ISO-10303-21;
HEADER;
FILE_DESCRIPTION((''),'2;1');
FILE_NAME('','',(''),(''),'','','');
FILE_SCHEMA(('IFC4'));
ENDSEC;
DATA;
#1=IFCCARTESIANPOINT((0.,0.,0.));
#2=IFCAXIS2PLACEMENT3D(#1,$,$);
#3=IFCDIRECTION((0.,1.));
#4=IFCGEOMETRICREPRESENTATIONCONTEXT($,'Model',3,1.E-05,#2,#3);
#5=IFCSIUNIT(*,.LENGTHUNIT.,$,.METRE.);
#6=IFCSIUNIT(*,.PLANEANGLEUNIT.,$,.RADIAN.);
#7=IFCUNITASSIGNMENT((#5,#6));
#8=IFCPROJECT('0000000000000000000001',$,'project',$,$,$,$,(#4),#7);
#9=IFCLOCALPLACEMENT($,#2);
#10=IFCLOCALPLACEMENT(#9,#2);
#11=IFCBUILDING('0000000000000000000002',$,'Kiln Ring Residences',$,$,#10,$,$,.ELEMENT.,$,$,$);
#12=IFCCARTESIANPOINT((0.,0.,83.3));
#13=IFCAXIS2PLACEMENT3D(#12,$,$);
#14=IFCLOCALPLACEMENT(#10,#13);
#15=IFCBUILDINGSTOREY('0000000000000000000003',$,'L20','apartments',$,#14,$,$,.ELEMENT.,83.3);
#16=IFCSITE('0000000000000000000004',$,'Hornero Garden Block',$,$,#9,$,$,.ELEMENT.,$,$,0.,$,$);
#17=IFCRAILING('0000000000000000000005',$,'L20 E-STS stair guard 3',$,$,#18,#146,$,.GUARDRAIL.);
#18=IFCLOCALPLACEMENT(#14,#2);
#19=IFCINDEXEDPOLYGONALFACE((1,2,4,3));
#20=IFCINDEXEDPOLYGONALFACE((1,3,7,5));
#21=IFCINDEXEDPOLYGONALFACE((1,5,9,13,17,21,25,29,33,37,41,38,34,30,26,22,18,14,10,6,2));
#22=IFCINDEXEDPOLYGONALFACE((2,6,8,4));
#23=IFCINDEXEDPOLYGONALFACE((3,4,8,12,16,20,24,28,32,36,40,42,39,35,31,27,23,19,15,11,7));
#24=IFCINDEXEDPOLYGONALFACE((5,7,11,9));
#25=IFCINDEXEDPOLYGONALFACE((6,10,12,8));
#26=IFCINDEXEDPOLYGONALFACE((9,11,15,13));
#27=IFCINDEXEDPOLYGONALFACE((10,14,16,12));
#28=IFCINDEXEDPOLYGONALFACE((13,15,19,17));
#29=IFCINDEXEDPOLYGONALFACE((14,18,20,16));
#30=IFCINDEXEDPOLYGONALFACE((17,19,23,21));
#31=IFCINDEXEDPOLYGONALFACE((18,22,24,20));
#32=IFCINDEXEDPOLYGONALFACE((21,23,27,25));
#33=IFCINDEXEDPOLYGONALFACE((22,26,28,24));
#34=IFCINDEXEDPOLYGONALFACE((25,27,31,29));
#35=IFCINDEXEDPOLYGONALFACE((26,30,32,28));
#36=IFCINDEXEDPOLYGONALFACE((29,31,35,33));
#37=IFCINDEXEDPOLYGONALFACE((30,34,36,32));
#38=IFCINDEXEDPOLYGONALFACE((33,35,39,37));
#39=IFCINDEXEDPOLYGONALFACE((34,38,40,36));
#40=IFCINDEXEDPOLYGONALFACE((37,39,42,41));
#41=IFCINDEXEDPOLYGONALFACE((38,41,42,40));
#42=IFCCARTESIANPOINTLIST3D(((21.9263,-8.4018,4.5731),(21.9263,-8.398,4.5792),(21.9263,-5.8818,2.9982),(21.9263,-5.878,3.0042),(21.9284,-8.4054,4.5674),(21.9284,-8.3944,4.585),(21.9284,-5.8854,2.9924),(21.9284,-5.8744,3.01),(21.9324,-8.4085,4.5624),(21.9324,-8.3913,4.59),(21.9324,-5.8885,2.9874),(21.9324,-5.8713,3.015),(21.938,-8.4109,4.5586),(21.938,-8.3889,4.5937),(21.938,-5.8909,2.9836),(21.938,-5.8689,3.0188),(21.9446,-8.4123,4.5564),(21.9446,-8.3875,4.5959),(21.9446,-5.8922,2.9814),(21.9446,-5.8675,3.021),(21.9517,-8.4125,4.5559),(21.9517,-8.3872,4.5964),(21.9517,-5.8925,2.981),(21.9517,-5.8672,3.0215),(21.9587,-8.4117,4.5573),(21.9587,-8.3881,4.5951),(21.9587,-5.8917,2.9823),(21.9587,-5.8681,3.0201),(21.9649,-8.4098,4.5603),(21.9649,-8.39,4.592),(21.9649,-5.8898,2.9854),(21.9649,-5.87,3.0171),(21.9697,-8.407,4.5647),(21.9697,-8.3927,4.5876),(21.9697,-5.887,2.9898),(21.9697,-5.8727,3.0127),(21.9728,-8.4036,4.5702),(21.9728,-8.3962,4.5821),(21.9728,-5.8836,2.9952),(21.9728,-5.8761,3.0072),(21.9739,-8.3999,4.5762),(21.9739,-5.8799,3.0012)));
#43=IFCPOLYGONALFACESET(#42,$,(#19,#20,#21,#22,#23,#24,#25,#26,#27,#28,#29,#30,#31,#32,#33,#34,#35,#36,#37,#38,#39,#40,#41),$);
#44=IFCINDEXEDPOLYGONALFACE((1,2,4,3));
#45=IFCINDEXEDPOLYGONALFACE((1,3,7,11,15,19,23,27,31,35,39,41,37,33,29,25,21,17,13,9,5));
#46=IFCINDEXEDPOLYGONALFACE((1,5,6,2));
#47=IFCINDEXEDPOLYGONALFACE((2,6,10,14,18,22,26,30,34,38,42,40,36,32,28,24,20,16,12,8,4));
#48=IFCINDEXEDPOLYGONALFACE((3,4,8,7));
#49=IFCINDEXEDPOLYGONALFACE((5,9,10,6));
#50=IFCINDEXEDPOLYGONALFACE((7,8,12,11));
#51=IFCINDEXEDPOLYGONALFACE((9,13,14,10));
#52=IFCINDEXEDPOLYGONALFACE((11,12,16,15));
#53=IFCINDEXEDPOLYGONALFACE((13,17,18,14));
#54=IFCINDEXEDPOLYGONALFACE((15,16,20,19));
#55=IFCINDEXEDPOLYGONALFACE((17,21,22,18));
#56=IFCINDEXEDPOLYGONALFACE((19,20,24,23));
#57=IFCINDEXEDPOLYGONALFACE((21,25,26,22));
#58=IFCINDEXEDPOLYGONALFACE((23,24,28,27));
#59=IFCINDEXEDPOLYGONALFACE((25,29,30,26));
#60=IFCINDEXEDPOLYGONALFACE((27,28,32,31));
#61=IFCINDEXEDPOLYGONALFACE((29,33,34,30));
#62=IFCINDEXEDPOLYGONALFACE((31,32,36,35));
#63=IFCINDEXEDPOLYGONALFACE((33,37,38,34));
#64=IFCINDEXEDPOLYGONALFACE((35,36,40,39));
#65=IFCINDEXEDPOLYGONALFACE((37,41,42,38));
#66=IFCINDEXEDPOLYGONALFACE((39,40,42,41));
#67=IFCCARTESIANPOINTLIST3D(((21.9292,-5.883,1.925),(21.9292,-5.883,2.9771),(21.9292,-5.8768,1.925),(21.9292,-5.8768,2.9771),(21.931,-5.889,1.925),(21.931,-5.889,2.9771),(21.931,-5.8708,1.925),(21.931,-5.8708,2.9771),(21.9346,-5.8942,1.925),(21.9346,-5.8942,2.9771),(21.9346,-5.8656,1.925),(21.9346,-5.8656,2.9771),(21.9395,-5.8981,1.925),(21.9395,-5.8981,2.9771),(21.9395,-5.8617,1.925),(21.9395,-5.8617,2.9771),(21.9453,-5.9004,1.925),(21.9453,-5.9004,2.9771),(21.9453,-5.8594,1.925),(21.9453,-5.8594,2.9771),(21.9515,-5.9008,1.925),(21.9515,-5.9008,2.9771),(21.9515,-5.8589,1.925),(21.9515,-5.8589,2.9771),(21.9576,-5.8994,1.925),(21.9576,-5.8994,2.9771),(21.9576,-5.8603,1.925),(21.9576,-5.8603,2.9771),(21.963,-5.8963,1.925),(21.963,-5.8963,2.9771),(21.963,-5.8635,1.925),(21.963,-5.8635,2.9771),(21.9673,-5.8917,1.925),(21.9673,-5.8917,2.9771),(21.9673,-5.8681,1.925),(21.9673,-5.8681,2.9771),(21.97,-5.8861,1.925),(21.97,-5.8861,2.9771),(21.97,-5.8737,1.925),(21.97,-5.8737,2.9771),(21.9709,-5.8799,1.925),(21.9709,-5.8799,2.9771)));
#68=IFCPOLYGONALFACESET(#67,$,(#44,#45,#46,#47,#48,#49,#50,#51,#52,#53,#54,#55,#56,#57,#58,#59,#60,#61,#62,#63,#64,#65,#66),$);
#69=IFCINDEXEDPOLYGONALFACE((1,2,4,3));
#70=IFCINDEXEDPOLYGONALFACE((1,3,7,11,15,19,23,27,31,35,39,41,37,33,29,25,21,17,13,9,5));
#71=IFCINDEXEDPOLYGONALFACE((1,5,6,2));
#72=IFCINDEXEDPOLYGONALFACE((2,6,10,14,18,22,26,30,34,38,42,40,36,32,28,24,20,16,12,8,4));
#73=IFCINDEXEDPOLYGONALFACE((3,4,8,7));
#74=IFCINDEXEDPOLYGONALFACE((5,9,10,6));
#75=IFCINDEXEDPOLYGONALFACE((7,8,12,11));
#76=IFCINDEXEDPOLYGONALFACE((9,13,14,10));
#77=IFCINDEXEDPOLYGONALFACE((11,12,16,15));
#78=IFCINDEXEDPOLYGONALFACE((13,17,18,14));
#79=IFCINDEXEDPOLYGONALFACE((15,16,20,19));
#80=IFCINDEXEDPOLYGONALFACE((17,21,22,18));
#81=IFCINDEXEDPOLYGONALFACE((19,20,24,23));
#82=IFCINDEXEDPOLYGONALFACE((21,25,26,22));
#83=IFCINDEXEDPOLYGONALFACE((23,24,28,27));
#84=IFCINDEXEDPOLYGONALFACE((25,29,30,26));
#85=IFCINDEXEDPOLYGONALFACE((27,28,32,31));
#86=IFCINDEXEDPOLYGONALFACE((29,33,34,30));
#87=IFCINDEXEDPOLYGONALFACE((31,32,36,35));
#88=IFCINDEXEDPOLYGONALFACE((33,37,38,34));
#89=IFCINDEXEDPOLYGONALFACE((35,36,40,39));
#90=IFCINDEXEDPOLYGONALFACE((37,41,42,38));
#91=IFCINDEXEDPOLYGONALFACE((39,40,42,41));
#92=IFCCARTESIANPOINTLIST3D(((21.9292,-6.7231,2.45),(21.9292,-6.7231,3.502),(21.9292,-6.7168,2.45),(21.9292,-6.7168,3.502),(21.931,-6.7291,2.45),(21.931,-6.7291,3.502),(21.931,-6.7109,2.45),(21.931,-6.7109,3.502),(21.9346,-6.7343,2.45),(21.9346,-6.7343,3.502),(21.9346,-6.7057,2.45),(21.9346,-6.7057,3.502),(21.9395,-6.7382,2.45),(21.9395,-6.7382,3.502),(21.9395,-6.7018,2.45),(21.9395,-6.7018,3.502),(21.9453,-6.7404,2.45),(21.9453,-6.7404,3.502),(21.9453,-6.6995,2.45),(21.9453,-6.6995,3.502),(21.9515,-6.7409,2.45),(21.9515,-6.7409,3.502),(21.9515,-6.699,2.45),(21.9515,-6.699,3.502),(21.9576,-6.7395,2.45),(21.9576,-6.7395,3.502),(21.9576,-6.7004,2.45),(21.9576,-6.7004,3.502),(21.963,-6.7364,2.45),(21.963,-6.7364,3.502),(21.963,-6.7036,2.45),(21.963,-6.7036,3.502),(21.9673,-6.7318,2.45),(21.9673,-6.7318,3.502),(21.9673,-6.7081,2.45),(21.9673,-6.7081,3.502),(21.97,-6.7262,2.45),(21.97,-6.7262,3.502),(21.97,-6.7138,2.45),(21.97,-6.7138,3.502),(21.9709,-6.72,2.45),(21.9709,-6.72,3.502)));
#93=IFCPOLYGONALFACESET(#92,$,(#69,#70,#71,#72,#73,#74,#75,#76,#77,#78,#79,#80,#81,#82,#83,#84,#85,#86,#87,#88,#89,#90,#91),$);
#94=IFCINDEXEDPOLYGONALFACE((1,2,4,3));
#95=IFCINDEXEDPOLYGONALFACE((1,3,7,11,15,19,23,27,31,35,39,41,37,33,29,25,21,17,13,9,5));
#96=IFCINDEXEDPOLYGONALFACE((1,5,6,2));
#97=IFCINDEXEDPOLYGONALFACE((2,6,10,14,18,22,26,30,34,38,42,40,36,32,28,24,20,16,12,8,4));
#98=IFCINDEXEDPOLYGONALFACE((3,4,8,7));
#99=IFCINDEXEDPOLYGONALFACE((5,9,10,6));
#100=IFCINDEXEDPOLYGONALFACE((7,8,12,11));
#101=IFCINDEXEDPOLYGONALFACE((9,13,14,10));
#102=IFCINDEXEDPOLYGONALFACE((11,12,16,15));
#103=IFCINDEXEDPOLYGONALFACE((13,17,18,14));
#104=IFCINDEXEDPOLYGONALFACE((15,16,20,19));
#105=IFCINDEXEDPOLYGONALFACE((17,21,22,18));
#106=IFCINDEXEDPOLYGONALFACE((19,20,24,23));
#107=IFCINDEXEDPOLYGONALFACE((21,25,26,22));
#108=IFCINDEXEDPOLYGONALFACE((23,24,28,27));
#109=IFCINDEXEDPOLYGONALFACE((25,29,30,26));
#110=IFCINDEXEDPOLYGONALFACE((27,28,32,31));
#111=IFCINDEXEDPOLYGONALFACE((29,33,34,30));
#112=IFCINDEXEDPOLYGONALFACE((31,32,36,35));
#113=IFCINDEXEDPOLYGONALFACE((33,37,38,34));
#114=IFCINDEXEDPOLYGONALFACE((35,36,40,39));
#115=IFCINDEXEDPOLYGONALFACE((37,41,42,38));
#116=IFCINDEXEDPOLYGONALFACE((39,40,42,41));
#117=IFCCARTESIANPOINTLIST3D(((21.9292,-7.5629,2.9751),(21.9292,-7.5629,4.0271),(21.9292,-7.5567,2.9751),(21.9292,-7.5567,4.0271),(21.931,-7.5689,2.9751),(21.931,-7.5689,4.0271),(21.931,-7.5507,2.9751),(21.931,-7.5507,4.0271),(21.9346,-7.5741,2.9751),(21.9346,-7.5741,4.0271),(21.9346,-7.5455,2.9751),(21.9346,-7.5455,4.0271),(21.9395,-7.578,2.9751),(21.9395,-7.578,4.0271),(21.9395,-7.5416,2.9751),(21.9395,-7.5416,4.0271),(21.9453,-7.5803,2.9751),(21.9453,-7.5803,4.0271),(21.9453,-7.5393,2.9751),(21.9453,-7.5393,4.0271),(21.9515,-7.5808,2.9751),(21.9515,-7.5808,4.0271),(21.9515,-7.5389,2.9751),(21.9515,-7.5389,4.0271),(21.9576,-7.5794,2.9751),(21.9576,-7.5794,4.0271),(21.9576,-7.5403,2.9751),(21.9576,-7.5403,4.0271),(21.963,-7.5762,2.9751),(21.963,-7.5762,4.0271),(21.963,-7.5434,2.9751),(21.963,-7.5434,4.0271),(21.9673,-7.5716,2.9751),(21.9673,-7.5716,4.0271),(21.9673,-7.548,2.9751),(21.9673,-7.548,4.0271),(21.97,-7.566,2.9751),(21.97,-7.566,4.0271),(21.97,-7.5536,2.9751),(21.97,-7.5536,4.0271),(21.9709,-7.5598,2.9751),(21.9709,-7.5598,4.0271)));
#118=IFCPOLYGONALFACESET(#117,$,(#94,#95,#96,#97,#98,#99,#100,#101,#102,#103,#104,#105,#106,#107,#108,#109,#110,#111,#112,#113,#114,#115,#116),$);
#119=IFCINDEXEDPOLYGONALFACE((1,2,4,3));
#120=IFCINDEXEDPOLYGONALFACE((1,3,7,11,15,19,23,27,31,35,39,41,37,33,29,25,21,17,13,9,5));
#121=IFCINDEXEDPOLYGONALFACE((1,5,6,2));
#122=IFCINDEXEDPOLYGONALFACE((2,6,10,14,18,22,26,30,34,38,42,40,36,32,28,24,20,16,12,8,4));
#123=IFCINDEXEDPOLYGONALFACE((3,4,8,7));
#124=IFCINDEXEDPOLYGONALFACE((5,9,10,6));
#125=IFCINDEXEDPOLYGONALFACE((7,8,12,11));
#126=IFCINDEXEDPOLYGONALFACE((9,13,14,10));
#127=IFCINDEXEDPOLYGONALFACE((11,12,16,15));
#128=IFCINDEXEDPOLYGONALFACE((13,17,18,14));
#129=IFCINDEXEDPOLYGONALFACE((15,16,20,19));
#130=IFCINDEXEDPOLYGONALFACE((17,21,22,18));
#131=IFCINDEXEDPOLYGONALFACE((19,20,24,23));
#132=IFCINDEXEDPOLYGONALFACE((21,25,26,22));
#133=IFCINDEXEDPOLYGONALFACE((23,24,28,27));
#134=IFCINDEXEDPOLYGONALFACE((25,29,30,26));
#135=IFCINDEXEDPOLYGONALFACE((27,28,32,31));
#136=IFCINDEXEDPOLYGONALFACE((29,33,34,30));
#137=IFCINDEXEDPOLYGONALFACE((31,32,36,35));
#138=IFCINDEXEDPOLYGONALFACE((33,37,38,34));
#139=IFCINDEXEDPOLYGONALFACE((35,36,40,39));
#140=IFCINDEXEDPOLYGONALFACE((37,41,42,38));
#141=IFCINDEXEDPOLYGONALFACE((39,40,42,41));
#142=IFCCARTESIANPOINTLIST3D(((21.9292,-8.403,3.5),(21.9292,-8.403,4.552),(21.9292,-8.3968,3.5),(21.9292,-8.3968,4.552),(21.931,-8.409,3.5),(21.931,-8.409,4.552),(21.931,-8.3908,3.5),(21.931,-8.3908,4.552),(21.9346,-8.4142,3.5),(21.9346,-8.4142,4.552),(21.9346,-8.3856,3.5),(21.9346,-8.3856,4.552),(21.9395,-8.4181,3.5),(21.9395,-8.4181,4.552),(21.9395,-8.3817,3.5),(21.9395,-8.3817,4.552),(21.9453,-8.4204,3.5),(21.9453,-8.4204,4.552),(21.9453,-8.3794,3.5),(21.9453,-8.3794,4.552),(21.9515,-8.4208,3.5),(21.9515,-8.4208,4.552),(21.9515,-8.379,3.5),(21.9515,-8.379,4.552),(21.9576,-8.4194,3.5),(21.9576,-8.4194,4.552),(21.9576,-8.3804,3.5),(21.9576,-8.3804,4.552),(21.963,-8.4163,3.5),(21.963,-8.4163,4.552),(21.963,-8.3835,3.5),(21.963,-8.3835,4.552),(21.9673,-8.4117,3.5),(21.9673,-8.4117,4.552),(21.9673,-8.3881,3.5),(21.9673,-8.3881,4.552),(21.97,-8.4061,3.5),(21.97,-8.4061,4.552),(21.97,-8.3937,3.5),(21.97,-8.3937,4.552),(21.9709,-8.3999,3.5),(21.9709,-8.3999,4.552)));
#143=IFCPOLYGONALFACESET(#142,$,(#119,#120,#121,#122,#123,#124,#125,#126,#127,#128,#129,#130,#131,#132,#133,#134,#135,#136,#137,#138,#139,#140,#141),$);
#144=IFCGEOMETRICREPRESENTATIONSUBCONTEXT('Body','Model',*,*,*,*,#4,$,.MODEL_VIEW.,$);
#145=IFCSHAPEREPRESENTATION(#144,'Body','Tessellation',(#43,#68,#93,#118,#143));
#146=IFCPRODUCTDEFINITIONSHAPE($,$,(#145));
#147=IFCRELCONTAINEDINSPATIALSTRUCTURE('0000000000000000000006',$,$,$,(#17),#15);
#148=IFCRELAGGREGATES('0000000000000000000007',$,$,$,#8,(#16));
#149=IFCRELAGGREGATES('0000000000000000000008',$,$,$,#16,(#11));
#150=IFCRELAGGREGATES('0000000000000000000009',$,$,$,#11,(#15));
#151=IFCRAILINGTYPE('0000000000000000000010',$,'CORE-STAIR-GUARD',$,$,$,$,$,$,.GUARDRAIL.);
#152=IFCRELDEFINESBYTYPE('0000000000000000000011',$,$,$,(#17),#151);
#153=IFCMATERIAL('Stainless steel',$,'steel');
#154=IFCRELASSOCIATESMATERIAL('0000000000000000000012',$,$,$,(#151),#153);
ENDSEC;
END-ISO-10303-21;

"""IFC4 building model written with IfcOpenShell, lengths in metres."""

from ifc_helpers import new_model, si_unit, direction, frame, origin, origin_2d, place, context, subcontext, project, spatial, circle, extrude, material, type_object, element, save


model = new_model("IFC4")

# Units and contexts
model_context = context("Model", 3, precision=1e-05, world=origin(), true_north=direction((0.0, 1.0)))
body_context = subcontext(model_context, "Body", "Model", "MODEL_VIEW")
ifc_project = project(units=[si_unit("LENGTHUNIT", "METRE"), si_unit("PLANEANGLEUNIT", "RADIAN")], contexts=[model_context])

# Site, building, storey
site_placement = place(None, origin())
site = spatial("IfcSite", under=ifc_project, at=site_placement, Name="Hornero Garden Block", CompositionType="ELEMENT", RefElevation=0.0)
building_placement = place(site_placement, origin())
building = spatial("IfcBuilding", under=site, at=building_placement, Name="Kiln Ring Residences", CompositionType="ELEMENT")
storey_placement = place(building_placement, frame((0.0, 0.0, 83.3)))
storey = spatial("IfcBuildingStorey", under=building, at=storey_placement, Name="L20", Description="apartments", CompositionType="ELEMENT", Elevation=83.3)

# Railing
ifc_material_1 = material(Name="Stainless steel", Category="steel")
railing_type_1 = type_object("IfcRailingType", Name="CORE-STAIR-GUARD", PredefinedType="GUARDRAIL", material=ifc_material_1)
railing_1_placement = place(storey_placement, frame((21.95, -5.8799, 1.925)))
element("IfcRailing", 1, at=railing_1_placement, inside=storey, type_object=railing_type_1, Name="L20 E-STS stair guard 3", PredefinedType="GUARDRAIL", context=body_context, shape_type="SweptSolid", body=[
    extrude(circle(Radius=0.0239, at=origin_2d()), frame((0.0, 0.0, 1.0762), z_axis=(0.0, -0.848008, 0.529984), x_axis=(1.0, 0.0, 0.0)), (0.0, 0.0, 1.0), 2.9717),
    extrude(circle(Radius=0.021, at=origin_2d()), origin(), (0.0, 0.0, 1.0), 1.052),
    extrude(circle(Radius=0.021, at=origin_2d()), frame((0.0, -0.8401, 0.5249)), (0.0, 0.0, 1.0), 1.052),
    extrude(circle(Radius=0.021, at=origin_2d()), frame((0.0, -1.6799, 1.05)), (0.0, 0.0, 1.0), 1.052),
    extrude(circle(Radius=0.021, at=origin_2d()), frame((0.0, -2.52, 1.575)), (0.0, 0.0, 1.0), 1.052),
])

save(model, "model.ifc")
